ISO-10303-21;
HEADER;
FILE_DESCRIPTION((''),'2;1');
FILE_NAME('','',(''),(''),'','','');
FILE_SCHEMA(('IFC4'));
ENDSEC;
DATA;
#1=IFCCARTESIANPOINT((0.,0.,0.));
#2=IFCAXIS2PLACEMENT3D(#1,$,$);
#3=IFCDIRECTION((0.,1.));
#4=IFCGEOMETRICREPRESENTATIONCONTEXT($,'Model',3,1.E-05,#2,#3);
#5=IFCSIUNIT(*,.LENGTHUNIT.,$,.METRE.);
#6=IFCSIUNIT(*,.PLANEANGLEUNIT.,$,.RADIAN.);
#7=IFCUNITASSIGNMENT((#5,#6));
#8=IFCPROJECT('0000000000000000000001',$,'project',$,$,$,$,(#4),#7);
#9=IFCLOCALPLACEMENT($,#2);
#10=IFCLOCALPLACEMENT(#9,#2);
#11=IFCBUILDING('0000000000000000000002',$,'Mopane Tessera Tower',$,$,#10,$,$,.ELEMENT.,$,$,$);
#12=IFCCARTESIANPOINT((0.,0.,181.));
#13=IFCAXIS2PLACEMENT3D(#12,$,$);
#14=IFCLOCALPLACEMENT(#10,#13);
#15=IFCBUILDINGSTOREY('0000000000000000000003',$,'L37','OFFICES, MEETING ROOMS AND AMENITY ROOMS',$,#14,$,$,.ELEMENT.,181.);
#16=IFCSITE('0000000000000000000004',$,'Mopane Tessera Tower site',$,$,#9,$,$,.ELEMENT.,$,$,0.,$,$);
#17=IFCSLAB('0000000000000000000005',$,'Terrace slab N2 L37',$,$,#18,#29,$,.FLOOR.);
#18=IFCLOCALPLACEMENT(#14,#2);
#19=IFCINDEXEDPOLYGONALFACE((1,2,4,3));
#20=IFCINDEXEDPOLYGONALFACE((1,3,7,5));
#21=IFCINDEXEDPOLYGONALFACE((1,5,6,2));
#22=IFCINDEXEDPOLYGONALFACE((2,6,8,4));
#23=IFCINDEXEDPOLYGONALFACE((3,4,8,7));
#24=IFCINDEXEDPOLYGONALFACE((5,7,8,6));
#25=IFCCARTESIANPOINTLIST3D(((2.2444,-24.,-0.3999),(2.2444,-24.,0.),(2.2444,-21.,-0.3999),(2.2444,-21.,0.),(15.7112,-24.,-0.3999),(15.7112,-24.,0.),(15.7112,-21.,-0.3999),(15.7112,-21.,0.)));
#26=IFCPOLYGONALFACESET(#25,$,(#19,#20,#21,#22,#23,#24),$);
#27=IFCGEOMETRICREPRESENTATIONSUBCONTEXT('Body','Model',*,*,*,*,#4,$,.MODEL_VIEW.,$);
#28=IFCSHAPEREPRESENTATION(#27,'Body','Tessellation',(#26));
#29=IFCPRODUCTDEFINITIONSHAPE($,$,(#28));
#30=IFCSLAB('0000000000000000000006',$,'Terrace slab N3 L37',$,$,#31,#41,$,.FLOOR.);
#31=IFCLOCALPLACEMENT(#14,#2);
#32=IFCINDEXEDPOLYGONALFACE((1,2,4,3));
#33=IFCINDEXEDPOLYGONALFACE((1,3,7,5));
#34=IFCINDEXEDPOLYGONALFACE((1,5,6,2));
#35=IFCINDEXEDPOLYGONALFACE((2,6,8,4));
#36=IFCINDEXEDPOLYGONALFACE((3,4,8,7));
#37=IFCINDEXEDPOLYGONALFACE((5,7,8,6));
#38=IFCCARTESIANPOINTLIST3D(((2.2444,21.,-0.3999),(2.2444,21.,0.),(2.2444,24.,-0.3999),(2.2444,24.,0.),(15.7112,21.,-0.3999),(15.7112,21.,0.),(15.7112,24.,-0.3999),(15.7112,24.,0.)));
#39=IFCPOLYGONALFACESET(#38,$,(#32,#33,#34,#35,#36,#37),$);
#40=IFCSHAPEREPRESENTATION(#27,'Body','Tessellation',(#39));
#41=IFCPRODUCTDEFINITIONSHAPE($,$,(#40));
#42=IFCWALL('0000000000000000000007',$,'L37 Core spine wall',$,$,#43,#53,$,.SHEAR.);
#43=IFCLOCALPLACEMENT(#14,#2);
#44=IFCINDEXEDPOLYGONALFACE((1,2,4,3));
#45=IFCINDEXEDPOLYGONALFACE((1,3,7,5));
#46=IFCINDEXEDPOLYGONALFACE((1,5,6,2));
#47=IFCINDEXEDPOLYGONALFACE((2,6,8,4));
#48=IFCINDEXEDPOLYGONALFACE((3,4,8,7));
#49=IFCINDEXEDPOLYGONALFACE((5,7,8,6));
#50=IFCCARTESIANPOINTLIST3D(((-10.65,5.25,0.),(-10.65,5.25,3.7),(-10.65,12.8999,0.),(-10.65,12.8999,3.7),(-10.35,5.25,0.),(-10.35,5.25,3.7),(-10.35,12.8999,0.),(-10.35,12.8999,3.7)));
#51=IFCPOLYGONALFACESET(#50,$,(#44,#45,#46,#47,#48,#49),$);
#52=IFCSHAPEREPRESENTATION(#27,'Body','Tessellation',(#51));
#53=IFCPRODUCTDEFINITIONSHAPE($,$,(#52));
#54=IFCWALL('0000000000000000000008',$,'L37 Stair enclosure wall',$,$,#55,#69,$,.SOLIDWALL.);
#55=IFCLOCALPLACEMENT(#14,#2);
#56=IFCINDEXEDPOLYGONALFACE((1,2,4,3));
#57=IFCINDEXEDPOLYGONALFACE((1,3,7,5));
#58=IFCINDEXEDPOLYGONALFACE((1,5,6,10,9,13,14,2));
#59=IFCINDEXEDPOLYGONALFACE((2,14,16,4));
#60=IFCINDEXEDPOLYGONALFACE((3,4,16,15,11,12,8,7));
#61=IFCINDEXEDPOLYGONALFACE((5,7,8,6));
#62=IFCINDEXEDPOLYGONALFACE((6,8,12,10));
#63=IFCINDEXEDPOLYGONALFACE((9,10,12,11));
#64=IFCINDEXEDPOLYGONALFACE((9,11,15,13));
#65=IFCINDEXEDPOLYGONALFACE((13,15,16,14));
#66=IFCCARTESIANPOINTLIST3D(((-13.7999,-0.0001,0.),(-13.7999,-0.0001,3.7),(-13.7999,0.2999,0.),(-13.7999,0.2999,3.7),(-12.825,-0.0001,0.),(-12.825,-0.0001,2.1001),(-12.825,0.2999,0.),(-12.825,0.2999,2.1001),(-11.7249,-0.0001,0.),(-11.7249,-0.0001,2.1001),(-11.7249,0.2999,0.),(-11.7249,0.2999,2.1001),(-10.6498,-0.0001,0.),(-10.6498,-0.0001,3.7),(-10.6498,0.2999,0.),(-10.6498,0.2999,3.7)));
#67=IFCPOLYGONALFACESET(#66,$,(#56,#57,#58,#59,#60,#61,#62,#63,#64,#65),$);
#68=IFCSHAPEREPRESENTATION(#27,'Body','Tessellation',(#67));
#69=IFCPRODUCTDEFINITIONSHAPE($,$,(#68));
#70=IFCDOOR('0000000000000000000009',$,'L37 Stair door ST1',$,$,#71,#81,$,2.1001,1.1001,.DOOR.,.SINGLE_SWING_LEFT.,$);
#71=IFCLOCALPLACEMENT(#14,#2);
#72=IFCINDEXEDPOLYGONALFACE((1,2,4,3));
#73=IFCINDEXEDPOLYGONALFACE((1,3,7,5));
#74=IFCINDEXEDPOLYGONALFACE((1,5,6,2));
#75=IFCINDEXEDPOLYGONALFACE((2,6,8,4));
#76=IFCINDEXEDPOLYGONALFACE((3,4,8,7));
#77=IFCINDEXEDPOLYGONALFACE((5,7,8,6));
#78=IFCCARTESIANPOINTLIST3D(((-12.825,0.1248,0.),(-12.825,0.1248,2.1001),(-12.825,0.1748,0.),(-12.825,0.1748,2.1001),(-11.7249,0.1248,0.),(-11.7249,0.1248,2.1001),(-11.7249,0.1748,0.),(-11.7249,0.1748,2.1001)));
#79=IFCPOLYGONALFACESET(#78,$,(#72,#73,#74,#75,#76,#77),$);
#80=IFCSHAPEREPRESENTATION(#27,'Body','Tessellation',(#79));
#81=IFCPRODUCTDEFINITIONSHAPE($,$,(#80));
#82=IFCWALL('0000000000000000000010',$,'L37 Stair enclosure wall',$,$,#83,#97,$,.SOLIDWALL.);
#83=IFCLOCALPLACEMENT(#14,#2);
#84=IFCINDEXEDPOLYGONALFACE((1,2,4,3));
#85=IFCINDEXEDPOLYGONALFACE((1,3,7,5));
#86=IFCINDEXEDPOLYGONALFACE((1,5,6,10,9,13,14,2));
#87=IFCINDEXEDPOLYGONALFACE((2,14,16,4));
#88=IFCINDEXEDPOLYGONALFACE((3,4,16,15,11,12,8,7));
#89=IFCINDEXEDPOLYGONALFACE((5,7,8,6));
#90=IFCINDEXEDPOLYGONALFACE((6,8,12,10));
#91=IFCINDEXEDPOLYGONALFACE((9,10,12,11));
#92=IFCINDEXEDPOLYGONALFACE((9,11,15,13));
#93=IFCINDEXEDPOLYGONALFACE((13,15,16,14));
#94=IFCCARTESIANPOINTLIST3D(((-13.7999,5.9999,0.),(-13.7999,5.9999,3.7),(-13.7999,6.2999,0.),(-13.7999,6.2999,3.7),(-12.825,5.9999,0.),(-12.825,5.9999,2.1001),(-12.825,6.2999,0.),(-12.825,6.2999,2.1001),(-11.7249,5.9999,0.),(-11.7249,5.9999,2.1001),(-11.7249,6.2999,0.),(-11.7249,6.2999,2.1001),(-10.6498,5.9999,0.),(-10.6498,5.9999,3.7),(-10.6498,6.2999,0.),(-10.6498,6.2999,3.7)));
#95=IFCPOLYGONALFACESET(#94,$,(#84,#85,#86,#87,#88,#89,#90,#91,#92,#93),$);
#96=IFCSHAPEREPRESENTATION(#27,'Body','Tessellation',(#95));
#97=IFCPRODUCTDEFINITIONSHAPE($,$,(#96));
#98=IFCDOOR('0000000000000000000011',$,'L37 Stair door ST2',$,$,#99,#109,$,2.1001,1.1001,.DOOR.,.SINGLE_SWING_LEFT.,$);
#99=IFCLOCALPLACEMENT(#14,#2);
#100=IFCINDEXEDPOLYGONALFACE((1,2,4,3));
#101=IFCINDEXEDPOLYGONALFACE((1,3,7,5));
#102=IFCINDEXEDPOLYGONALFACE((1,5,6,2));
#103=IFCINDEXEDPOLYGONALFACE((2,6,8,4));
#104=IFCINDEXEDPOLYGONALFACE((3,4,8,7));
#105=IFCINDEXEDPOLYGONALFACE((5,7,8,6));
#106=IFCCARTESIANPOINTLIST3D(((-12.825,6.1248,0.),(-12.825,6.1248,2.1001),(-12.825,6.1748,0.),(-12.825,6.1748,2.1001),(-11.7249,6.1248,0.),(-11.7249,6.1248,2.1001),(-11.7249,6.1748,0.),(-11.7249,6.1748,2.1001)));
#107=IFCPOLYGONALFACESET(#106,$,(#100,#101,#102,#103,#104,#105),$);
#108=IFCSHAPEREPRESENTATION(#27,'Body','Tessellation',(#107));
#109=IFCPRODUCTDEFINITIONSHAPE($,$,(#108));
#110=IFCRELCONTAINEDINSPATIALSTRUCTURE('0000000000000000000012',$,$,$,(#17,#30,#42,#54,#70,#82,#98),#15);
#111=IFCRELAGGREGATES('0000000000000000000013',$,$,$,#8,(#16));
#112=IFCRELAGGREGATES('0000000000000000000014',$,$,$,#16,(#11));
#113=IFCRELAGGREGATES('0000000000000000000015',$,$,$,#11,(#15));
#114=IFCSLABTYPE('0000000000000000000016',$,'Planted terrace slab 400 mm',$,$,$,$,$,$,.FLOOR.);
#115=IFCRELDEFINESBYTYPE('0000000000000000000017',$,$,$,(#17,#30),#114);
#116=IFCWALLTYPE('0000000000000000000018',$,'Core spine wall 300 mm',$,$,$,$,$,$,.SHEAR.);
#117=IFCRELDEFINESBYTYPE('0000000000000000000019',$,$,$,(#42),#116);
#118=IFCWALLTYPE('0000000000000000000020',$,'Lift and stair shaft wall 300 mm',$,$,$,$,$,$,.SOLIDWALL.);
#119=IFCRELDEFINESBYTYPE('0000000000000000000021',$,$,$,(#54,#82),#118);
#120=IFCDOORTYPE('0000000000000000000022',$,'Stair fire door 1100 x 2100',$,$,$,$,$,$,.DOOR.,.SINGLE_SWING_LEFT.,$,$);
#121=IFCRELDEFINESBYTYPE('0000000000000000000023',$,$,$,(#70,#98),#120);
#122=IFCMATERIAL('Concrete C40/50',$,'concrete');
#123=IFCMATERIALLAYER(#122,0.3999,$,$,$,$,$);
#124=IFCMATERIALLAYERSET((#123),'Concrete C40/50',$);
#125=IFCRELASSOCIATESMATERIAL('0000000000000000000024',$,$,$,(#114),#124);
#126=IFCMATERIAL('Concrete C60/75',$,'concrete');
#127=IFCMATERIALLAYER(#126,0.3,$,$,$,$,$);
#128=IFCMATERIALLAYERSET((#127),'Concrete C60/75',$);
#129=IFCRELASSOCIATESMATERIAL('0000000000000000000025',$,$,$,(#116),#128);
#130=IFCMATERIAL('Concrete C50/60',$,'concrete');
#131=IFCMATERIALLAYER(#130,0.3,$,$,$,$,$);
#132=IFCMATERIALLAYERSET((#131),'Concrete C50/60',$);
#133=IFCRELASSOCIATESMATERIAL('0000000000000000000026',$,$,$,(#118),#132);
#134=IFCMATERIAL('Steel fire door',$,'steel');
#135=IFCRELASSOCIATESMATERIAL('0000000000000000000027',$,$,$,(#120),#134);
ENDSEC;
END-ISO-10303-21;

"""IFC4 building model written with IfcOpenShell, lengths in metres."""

from ifc_helpers import new_model, si_unit, direction, frame, frame_2d, origin, place, context, subcontext, project, spatial, polyline, rectangle, outline, extrude, material, layer, layer_set, type_object, element, fill, save


model = new_model("IFC4")

# Units and contexts
model_context = context("Model", 3, precision=1e-05, world=origin(), true_north=direction((0.0, 1.0)))
body_context = subcontext(model_context, "Body", "Model", "MODEL_VIEW")
ifc_project = project(units=[si_unit("LENGTHUNIT", "METRE"), si_unit("PLANEANGLEUNIT", "RADIAN")], contexts=[model_context])

# Site, building, storey
site_placement = place(None, origin())
site = spatial("IfcSite", under=ifc_project, at=site_placement, Name="Mopane Tessera Tower site", CompositionType="ELEMENT", RefElevation=0.0)
building_placement = place(site_placement, origin())
building = spatial("IfcBuilding", under=site, at=building_placement, Name="Mopane Tessera Tower", CompositionType="ELEMENT")
storey_placement = place(building_placement, frame((0.0, 0.0, 181.0)))
storey = spatial("IfcBuildingStorey", under=building, at=storey_placement, Name="L37", Description="OFFICES, MEETING ROOMS AND AMENITY ROOMS", CompositionType="ELEMENT", Elevation=181.0)

# Slabs
ifc_material_1 = material(Name="Concrete C40/50", Category="concrete")
ifc_layer_1 = layer(ifc_material_1, 0.3999)
ifc_layer_set_1 = layer_set([ifc_layer_1], Name="Concrete C40/50")
slab_type = type_object("IfcSlabType", Name="Planted terrace slab 400 mm", PredefinedType="FLOOR", material=ifc_layer_set_1)
slab_1_placement = place(storey_placement, frame((0.0, 0.0, -0.3999)))
element("IfcSlab", 1, at=slab_1_placement, inside=storey, type_object=slab_type, Name="Terrace slab N2 L37", PredefinedType="FLOOR", context=body_context, shape_type="SweptSolid", body=[
    extrude(outline(polyline([(15.7112, -24.0), (15.7112, -21.0), (2.2444, -21.0), (2.2444, -24.0), (15.7112, -24.0)])), origin(), (0.0, 0.0, 1.0), 0.3999),
])
slab_2_placement = place(storey_placement, frame((0.0, 0.0, -0.3999)))
element("IfcSlab", 2, at=slab_2_placement, inside=storey, type_object=slab_type, Name="Terrace slab N3 L37", PredefinedType="FLOOR", context=body_context, shape_type="SweptSolid", body=[
    extrude(outline(polyline([(2.2444, 24.0), (2.2444, 21.0), (15.7112, 21.0), (15.7112, 24.0), (2.2444, 24.0)])), origin(), (0.0, 0.0, 1.0), 0.3999),
])

# Wall
ifc_material_2 = material(Name="Concrete C60/75", Category="concrete")
ifc_layer_2 = layer(ifc_material_2, 0.3)
ifc_layer_set_2 = layer_set([ifc_layer_2], Name="Concrete C60/75")
wall_type_1 = type_object("IfcWallType", Name="Core spine wall 300 mm", PredefinedType="SHEAR", material=ifc_layer_set_2)
wall_1_placement = place(storey_placement, frame((-10.5, 5.25, 0.0), z_axis=(0.0, 0.0, 1.0), x_axis=(0.0, 1.0, 0.0)))
element("IfcWall", 3, at=wall_1_placement, inside=storey, type_object=wall_type_1, Name="L37 Core spine wall", PredefinedType="SHEAR", context=body_context, shape_type="SweptSolid", body=[
    extrude(rectangle(XDim=7.6499, YDim=0.3, at=frame_2d((3.825, 0.0))), origin(), (0.0, 0.0, 1.0), 3.7),
])

# Walls, openings, doors
ifc_material_3 = material(Name="Concrete C50/60", Category="concrete")
ifc_layer_3 = layer(ifc_material_3, 0.3)
ifc_layer_set_3 = layer_set([ifc_layer_3], Name="Concrete C50/60")
wall_type_2 = type_object("IfcWallType", Name="Lift and stair shaft wall 300 mm", PredefinedType="SOLIDWALL", material=ifc_layer_set_3)
wall_2_placement = place(storey_placement, frame((-13.8, 0.1499, 0.0), z_axis=(0.0, 0.0, 1.0), x_axis=(1.0, 0.0, 0.0)))
wall_2 = element("IfcWall", 4, at=wall_2_placement, inside=storey, type_object=wall_type_2, Name="L37 Stair enclosure wall", PredefinedType="SOLIDWALL", context=body_context, shape_type="SweptSolid", body=[
    extrude(rectangle(XDim=3.1501, YDim=0.3, at=frame_2d((1.5752, 0.0))), origin(), (0.0, 0.0, 1.0), 3.7),
])
opening_1_placement = place(wall_2_placement, frame((0.9751, 0.0, 0.0)))
opening_1 = element("IfcOpeningElement", 5, at=opening_1_placement, cuts=wall_2, PredefinedType="OPENING", context=body_context, shape_type="SweptSolid", body=[
    extrude(rectangle(XDim=1.1001, YDim=2.1001, at=frame_2d((0.55, 1.05))), frame((0.0, 0.1621, 0.0), z_axis=(0.0, -1.0, 0.0), x_axis=(1.0, 0.0, 0.0)), (0.0, 0.0, 1.0), 0.324),
])
ifc_material_4 = material(Name="Steel fire door", Category="steel")
door_type_1 = type_object("IfcDoorType", Name="Stair fire door 1100 x 2100", OperationType="SINGLE_SWING_LEFT", PredefinedType="DOOR", material=ifc_material_4)
door_1_placement = place(opening_1_placement, origin())
door_1 = element("IfcDoor", 6, at=door_1_placement, inside=storey, type_object=door_type_1, Name="L37 Stair door ST1", OperationType="SINGLE_SWING_LEFT", OverallHeight=2.1001, OverallWidth=1.1001, PredefinedType="DOOR", context=body_context, shape_type="SweptSolid", body=[
    extrude(rectangle(XDim=1.1001, YDim=2.1001, at=frame_2d((0.55, 1.05))), frame((0.0, 0.0249, 0.0), z_axis=(0.0, -1.0, 0.0), x_axis=(1.0, 0.0, 0.0)), (0.0, 0.0, 1.0), 0.05),
])
fill(opening_1, door_1)
wall_3_placement = place(storey_placement, frame((-13.8, 6.1499, 0.0), z_axis=(0.0, 0.0, 1.0), x_axis=(1.0, 0.0, 0.0)))
wall_3 = element("IfcWall", 7, at=wall_3_placement, inside=storey, type_object=wall_type_2, Name="L37 Stair enclosure wall", PredefinedType="SOLIDWALL", context=body_context, shape_type="SweptSolid", body=[
    extrude(rectangle(XDim=3.1501, YDim=0.3, at=frame_2d((1.5752, 0.0))), origin(), (0.0, 0.0, 1.0), 3.7),
])
opening_2_placement = place(wall_3_placement, frame((0.9751, 0.0, 0.0)))
opening_2 = element("IfcOpeningElement", 8, at=opening_2_placement, cuts=wall_3, PredefinedType="OPENING", context=body_context, shape_type="SweptSolid", body=[
    extrude(rectangle(XDim=1.1001, YDim=2.1001, at=frame_2d((0.55, 1.05))), frame((0.0, 0.1621, 0.0), z_axis=(0.0, -1.0, 0.0), x_axis=(1.0, 0.0, 0.0)), (0.0, 0.0, 1.0), 0.324),
])
door_2_placement = place(opening_2_placement, origin())
door_2 = element("IfcDoor", 9, at=door_2_placement, inside=storey, type_object=door_type_1, Name="L37 Stair door ST2", OperationType="SINGLE_SWING_LEFT", OverallHeight=2.1001, OverallWidth=1.1001, PredefinedType="DOOR", context=body_context, shape_type="SweptSolid", body=[
    extrude(rectangle(XDim=1.1001, YDim=2.1001, at=frame_2d((0.55, 1.05))), frame((0.0, 0.0249, 0.0), z_axis=(0.0, -1.0, 0.0), x_axis=(1.0, 0.0, 0.0)), (0.0, 0.0, 1.0), 0.05),
])
fill(opening_2, door_2)

save(model, "model.ifc")
